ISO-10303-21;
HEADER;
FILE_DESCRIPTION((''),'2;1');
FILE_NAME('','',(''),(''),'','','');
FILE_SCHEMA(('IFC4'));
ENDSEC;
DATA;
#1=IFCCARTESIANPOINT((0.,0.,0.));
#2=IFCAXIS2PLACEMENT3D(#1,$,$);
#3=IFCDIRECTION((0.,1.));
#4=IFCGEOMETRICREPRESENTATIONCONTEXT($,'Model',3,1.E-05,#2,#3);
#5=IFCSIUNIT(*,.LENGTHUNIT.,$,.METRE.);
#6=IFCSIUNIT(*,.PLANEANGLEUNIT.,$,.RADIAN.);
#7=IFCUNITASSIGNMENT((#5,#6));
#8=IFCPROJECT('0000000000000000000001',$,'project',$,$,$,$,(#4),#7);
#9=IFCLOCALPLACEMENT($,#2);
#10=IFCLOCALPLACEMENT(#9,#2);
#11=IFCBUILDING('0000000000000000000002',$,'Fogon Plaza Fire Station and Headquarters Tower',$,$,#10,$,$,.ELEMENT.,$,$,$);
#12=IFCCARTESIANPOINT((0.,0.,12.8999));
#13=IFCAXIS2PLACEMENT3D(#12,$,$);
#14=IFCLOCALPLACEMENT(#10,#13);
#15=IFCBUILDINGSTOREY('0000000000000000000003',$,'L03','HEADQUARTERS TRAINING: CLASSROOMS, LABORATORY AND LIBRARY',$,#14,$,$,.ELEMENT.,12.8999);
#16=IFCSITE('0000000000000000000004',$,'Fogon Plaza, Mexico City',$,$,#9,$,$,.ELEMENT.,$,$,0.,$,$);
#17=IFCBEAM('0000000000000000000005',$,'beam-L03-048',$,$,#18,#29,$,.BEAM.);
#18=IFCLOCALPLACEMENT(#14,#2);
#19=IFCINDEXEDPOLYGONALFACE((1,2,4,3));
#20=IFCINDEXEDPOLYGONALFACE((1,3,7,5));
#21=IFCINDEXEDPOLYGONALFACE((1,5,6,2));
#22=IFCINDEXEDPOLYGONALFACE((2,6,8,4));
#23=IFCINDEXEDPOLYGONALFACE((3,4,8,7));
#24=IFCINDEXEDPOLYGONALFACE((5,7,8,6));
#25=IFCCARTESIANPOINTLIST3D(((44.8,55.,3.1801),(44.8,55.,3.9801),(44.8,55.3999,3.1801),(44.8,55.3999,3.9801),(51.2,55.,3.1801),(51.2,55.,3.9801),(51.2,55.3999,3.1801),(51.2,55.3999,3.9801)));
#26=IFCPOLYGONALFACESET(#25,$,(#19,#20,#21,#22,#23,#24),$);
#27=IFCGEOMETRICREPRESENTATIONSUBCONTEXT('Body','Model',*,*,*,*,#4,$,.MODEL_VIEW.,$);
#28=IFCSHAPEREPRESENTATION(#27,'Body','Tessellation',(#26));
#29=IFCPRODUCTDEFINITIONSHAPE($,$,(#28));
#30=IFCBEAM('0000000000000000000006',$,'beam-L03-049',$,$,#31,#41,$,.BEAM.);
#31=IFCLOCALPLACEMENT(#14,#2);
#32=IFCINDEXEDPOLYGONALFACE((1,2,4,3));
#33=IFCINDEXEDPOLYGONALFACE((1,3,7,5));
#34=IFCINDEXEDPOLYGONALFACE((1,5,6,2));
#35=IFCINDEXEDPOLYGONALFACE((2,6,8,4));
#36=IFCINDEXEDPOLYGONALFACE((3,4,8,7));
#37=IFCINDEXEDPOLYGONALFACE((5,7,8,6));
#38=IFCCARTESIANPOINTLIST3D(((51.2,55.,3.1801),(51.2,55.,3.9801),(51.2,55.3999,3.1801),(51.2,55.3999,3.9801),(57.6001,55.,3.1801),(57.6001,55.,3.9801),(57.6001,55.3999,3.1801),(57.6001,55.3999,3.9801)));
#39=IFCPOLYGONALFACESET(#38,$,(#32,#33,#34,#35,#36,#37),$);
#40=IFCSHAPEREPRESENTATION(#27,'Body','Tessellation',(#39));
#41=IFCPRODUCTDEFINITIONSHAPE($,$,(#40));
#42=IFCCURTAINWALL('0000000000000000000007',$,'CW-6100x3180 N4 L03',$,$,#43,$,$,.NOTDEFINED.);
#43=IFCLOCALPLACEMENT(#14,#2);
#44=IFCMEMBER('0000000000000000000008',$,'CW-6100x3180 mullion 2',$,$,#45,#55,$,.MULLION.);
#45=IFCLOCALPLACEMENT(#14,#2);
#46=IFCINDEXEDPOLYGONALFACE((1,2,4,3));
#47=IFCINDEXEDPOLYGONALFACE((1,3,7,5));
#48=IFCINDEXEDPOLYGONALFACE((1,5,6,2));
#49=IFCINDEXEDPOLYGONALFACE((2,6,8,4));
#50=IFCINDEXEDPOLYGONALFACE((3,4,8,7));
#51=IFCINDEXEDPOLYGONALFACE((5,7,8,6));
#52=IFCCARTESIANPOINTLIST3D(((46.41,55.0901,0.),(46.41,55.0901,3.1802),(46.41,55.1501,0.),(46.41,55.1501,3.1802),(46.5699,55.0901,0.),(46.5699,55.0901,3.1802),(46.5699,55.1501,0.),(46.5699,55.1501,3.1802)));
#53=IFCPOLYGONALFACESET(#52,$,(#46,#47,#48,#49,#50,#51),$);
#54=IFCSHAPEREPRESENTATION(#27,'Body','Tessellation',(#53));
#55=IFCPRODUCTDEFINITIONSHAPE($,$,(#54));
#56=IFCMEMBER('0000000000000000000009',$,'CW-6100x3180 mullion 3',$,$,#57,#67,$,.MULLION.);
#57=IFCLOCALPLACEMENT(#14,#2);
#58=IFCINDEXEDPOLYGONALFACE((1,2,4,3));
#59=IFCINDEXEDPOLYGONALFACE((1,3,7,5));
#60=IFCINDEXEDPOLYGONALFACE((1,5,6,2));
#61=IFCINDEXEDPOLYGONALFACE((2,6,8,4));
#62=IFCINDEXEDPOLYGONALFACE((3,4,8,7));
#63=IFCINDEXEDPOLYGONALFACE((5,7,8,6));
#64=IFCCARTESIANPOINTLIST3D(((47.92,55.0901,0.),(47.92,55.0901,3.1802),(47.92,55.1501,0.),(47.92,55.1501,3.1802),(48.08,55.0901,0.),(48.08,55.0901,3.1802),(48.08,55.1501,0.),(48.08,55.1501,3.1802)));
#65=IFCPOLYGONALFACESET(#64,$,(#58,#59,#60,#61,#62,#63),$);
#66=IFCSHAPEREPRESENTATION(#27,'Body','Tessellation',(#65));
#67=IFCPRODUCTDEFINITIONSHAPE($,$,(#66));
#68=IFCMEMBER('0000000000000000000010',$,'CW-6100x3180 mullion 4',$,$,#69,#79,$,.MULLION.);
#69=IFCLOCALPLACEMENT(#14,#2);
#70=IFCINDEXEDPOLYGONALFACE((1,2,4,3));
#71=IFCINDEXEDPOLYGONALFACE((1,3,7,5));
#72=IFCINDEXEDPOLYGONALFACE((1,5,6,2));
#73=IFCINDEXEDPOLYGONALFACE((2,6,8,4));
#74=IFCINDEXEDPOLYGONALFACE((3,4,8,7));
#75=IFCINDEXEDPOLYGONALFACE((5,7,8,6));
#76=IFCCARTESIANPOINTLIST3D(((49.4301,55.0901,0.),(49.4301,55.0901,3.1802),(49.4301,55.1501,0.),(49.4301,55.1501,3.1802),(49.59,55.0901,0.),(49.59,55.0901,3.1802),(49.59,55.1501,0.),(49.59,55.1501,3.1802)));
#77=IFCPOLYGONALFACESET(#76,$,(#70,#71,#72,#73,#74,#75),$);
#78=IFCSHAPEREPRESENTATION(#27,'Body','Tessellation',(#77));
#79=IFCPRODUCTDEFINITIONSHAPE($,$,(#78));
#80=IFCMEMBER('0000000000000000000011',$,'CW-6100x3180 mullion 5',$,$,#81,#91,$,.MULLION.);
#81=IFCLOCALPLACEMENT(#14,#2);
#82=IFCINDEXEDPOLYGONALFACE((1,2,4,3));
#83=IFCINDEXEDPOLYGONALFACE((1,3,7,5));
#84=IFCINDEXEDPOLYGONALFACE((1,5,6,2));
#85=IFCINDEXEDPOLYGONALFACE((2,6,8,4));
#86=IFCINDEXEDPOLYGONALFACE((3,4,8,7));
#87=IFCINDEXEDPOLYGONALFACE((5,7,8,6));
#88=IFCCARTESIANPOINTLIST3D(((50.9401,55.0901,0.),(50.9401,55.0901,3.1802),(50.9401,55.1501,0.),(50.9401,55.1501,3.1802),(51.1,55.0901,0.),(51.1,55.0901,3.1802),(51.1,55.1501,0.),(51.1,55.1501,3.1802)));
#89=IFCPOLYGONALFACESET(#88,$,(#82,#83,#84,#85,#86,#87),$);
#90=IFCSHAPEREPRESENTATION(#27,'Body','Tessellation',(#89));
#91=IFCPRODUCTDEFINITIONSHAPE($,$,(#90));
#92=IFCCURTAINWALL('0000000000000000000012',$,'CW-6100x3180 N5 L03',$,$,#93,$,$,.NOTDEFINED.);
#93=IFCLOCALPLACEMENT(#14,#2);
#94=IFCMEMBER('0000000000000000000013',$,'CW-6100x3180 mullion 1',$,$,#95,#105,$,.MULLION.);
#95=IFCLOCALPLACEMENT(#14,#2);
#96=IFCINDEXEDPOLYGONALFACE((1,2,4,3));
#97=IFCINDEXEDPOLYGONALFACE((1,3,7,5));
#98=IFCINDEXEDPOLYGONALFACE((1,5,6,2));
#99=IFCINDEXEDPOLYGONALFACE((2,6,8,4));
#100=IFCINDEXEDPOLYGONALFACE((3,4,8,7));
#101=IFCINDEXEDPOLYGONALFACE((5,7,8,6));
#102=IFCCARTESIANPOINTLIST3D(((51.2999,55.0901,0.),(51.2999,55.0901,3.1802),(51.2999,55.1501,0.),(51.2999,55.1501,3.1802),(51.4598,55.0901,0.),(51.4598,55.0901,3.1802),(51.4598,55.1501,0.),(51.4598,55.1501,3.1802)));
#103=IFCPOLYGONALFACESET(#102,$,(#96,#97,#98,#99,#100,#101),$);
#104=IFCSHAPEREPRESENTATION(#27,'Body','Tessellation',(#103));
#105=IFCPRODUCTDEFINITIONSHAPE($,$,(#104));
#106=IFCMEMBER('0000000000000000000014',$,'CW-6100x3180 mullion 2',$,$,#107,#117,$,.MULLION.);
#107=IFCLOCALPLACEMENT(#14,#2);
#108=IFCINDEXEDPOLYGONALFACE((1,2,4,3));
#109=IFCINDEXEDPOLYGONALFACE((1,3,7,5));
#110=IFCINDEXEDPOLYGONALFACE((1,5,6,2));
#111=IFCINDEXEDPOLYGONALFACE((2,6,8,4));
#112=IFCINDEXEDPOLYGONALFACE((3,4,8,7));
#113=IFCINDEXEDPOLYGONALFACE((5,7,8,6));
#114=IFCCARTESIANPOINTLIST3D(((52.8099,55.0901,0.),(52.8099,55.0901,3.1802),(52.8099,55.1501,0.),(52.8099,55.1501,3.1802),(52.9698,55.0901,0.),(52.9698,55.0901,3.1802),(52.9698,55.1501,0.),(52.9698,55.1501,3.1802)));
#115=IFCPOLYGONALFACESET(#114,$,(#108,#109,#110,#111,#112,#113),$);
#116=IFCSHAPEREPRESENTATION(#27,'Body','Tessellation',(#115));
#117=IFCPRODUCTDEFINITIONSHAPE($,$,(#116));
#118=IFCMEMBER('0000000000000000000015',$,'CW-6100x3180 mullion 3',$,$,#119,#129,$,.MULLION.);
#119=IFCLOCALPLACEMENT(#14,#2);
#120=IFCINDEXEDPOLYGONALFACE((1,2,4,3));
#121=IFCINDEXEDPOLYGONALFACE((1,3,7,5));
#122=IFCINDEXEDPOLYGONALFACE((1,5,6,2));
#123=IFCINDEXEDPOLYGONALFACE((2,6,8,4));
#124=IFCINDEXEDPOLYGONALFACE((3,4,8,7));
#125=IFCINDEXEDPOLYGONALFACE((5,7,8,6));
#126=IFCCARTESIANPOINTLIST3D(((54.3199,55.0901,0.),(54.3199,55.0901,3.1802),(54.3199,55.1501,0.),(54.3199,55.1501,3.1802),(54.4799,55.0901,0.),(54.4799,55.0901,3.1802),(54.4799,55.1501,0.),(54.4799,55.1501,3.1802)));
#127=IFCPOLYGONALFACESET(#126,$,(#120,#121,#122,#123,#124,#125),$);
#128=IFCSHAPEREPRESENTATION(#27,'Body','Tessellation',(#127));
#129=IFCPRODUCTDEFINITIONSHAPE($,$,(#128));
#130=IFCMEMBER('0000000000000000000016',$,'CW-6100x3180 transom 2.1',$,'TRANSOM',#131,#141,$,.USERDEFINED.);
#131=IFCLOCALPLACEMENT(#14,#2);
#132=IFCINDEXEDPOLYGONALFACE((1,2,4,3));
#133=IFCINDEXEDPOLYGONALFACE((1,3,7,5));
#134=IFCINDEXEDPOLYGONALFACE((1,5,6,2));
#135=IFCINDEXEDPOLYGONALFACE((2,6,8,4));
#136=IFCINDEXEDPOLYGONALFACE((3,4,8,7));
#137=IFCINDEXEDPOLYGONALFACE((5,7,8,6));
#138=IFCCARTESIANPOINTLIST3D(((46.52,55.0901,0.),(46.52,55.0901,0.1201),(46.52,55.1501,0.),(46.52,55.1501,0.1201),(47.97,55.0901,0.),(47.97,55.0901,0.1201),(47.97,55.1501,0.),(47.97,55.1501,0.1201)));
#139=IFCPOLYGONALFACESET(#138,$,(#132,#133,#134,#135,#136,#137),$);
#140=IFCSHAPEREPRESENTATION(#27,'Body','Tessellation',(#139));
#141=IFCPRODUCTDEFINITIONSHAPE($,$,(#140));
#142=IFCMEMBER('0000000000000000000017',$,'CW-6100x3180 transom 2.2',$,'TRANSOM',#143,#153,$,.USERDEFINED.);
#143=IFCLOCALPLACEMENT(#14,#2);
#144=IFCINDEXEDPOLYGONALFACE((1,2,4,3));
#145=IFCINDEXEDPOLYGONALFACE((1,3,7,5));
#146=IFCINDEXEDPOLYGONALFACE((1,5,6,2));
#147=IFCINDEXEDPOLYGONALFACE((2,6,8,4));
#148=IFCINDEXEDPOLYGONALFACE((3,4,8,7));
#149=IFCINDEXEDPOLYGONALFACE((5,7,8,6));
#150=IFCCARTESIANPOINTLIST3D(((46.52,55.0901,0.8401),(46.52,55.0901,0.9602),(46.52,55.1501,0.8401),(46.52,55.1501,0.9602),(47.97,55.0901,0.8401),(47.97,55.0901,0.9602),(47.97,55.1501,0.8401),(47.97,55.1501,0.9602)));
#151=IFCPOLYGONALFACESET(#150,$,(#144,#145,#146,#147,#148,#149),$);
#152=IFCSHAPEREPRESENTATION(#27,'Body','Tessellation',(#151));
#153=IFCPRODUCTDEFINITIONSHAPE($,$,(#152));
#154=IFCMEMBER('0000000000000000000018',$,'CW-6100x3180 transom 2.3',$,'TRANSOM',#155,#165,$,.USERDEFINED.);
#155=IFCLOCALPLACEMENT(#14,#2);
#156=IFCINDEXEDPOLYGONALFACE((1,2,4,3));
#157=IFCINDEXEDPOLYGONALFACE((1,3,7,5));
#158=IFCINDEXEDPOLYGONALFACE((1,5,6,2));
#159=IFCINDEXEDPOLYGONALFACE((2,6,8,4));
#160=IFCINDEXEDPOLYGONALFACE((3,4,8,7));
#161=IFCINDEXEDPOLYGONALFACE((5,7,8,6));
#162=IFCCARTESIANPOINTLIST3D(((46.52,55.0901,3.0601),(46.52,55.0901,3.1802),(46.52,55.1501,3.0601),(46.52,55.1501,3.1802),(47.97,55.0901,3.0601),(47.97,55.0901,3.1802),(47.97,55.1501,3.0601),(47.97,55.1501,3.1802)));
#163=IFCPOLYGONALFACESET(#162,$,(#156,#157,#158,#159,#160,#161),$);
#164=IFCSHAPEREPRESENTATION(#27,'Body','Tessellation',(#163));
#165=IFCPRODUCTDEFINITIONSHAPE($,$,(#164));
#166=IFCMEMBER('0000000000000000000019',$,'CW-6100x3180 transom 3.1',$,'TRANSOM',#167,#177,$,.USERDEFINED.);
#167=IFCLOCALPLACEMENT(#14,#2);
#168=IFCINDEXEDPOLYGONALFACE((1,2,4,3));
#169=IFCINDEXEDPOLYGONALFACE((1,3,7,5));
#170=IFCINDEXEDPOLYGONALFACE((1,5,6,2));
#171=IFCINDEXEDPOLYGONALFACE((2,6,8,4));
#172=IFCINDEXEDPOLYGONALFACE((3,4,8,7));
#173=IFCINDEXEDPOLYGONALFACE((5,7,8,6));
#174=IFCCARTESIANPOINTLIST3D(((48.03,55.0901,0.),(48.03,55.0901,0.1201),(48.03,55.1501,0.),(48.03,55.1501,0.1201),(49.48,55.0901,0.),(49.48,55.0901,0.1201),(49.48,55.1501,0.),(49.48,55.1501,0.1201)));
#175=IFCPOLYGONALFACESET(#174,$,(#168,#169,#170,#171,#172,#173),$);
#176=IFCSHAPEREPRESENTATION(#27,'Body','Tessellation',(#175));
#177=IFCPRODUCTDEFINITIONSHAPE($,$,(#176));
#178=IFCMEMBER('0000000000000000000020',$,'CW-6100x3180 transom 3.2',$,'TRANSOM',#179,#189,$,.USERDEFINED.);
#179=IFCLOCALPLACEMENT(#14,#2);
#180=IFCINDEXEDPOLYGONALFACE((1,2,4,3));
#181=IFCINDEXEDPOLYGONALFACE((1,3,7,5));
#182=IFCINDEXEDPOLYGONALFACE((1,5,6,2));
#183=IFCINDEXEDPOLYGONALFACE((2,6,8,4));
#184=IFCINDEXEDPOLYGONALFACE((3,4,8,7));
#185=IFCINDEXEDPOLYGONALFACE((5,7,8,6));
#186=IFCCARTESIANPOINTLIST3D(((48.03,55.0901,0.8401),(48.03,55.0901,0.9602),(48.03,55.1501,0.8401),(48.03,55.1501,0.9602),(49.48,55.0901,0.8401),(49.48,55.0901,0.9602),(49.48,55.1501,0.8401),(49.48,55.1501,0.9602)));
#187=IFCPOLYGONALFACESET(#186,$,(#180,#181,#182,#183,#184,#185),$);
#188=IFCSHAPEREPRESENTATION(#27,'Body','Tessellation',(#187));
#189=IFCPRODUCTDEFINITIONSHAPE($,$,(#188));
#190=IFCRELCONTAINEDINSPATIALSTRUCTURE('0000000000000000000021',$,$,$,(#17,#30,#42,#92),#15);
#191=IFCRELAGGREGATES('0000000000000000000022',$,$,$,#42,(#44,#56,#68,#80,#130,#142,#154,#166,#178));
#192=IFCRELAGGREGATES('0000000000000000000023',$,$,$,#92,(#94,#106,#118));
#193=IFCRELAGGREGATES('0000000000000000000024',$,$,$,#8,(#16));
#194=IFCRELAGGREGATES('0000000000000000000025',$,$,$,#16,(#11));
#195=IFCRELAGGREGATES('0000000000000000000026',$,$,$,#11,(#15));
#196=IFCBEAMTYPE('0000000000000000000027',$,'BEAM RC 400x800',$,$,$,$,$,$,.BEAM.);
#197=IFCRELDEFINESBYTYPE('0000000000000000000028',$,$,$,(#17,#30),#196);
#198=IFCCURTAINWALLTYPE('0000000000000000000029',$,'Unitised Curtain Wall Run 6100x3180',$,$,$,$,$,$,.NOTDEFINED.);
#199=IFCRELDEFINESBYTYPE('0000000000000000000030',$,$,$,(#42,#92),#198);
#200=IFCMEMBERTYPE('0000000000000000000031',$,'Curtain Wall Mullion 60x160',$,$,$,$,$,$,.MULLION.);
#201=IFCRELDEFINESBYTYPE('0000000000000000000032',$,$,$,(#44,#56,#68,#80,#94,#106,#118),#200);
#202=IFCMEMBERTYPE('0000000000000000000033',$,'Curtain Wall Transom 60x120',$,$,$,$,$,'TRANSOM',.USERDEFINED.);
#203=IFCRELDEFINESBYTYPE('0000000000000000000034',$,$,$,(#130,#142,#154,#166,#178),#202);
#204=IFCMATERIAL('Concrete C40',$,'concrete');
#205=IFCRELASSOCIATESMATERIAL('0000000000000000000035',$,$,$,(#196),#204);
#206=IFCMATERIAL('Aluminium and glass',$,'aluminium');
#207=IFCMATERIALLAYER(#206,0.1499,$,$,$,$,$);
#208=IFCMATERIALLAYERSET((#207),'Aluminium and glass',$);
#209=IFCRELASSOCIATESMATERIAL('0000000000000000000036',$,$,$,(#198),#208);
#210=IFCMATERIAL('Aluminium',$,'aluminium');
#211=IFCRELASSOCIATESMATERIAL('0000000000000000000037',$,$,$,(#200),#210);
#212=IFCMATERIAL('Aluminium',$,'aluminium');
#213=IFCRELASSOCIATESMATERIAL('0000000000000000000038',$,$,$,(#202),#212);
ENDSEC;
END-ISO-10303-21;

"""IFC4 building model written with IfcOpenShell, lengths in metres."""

from ifc_helpers import new_model, si_unit, direction, frame, origin, origin_2d, place, context, subcontext, project, spatial, rectangle, extrude, material, layer, layer_set, material_profile, profile_set, type_object, element, aggregate, save


model = new_model("IFC4")

# Units and contexts
model_context = context("Model", 3, precision=1e-05, world=origin(), true_north=direction((0.0, 1.0)))
body_context = subcontext(model_context, "Body", "Model", "MODEL_VIEW")
ifc_project = project(units=[si_unit("LENGTHUNIT", "METRE"), si_unit("PLANEANGLEUNIT", "RADIAN")], contexts=[model_context])

# Site, building, storey
site_placement = place(None, origin())
site = spatial("IfcSite", under=ifc_project, at=site_placement, Name="Fogon Plaza, Mexico City", CompositionType="ELEMENT", RefElevation=0.0)
building_placement = place(site_placement, origin())
building = spatial("IfcBuilding", under=site, at=building_placement, Name="Fogon Plaza Fire Station and Headquarters Tower", CompositionType="ELEMENT")
storey_placement = place(building_placement, frame((0.0, 0.0, 12.8999)))
storey = spatial("IfcBuildingStorey", under=building, at=storey_placement, Name="L03", Description="HEADQUARTERS TRAINING: CLASSROOMS, LABORATORY AND LIBRARY", CompositionType="ELEMENT", Elevation=12.8999)

# Beams
ifc_material_1 = material(Name="Concrete C40", Category="concrete")
ifc_material_profile_1 = material_profile(ifc_material_1, rectangle(XDim=0.3999, YDim=0.8, at=origin_2d()), Name="RC 400x800")
ifc_profile_set_1 = profile_set([ifc_material_profile_1], Name="Concrete C40")
beam_type = type_object("IfcBeamType", Name="BEAM RC 400x800", PredefinedType="BEAM", material=ifc_profile_set_1)
beam_1_placement = place(storey_placement, frame((44.8, 55.2, 3.5801), z_axis=(1.0, 0.0, 0.0), x_axis=(0.0, 1.0, 0.0)))
element("IfcBeam", 1, at=beam_1_placement, inside=storey, type_object=beam_type, Name="beam-L03-048", PredefinedType="BEAM", context=body_context, shape_type="SweptSolid", body=[
    extrude(rectangle(XDim=0.3999, YDim=0.8, at=origin_2d()), origin(), (0.0, 0.0, 1.0), 6.3999),
])
beam_2_placement = place(storey_placement, frame((51.2, 55.2, 3.5801), z_axis=(1.0, 0.0, 0.0), x_axis=(0.0, 1.0, 0.0)))
element("IfcBeam", 2, at=beam_2_placement, inside=storey, type_object=beam_type, Name="beam-L03-049", PredefinedType="BEAM", context=body_context, shape_type="SweptSolid", body=[
    extrude(rectangle(XDim=0.3999, YDim=0.8, at=origin_2d()), origin(), (0.0, 0.0, 1.0), 6.4001),
])

# Curtain walls, members
ifc_material_2 = material(Name="Aluminium and glass", Category="aluminium")
ifc_layer_1 = layer(ifc_material_2, 0.1499)
ifc_layer_set_1 = layer_set([ifc_layer_1], Name="Aluminium and glass")
curtain_wall_type = type_object("IfcCurtainWallType", Name="Unitised Curtain Wall Run 6100x3180", PredefinedType="NOTDEFINED", material=ifc_layer_set_1)
curtain_wall_1_placement = place(storey_placement, origin())
curtain_wall_1 = element("IfcCurtainWall", 3, at=curtain_wall_1_placement, inside=storey, type_object=curtain_wall_type, Name="CW-6100x3180 N4 L03", PredefinedType="NOTDEFINED")
ifc_material_3 = material(Name="Aluminium", Category="aluminium")
ifc_material_profile_2 = material_profile(ifc_material_3, rectangle(XDim=0.0601, YDim=0.1599, at=origin_2d()), Name="Curtain Wall Mullion 60x160")
ifc_profile_set_2 = profile_set([ifc_material_profile_2], Name="Aluminium")
member_type_1 = type_object("IfcMemberType", Name="Curtain Wall Mullion 60x160", PredefinedType="MULLION", material=ifc_profile_set_2)
member_1_placement = place(storey_placement, frame((46.49, 55.1201, 0.0), z_axis=(0.0, 0.0, 1.0), x_axis=(0.0, 1.0, 0.0)))
member_1 = element("IfcMember", 4, at=member_1_placement, type_object=member_type_1, Name="CW-6100x3180 mullion 2", PredefinedType="MULLION", context=body_context, shape_type="SweptSolid", body=[
    extrude(rectangle(XDim=0.0601, YDim=0.1599, at=origin_2d()), origin(), (0.0, 0.0, 1.0), 3.1802),
])
member_2_placement = place(storey_placement, frame((48.0, 55.1201, 0.0), z_axis=(0.0, 0.0, 1.0), x_axis=(0.0, 1.0, 0.0)))
member_2 = element("IfcMember", 5, at=member_2_placement, type_object=member_type_1, Name="CW-6100x3180 mullion 3", PredefinedType="MULLION", context=body_context, shape_type="SweptSolid", body=[
    extrude(rectangle(XDim=0.0601, YDim=0.1599, at=origin_2d()), origin(), (0.0, 0.0, 1.0), 3.1802),
])
member_3_placement = place(storey_placement, frame((49.51, 55.1201, 0.0), z_axis=(0.0, 0.0, 1.0), x_axis=(0.0, 1.0, 0.0)))
member_3 = element("IfcMember", 6, at=member_3_placement, type_object=member_type_1, Name="CW-6100x3180 mullion 4", PredefinedType="MULLION", context=body_context, shape_type="SweptSolid", body=[
    extrude(rectangle(XDim=0.0601, YDim=0.1599, at=origin_2d()), origin(), (0.0, 0.0, 1.0), 3.1802),
])
member_4_placement = place(storey_placement, frame((51.02, 55.1201, 0.0), z_axis=(0.0, 0.0, 1.0), x_axis=(0.0, 1.0, 0.0)))
member_4 = element("IfcMember", 7, at=member_4_placement, type_object=member_type_1, Name="CW-6100x3180 mullion 5", PredefinedType="MULLION", context=body_context, shape_type="SweptSolid", body=[
    extrude(rectangle(XDim=0.0601, YDim=0.1599, at=origin_2d()), origin(), (0.0, 0.0, 1.0), 3.1802),
])
curtain_wall_2_placement = place(storey_placement, origin())
curtain_wall_2 = element("IfcCurtainWall", 8, at=curtain_wall_2_placement, inside=storey, type_object=curtain_wall_type, Name="CW-6100x3180 N5 L03", PredefinedType="NOTDEFINED")
member_5_placement = place(storey_placement, frame((51.3799, 55.1201, 0.0), z_axis=(0.0, 0.0, 1.0), x_axis=(0.0, 1.0, 0.0)))
member_5 = element("IfcMember", 9, at=member_5_placement, type_object=member_type_1, Name="CW-6100x3180 mullion 1", PredefinedType="MULLION", context=body_context, shape_type="SweptSolid", body=[
    extrude(rectangle(XDim=0.0601, YDim=0.1599, at=origin_2d()), origin(), (0.0, 0.0, 1.0), 3.1802),
])
member_6_placement = place(storey_placement, frame((52.8899, 55.1201, 0.0), z_axis=(0.0, 0.0, 1.0), x_axis=(0.0, 1.0, 0.0)))
member_6 = element("IfcMember", 10, at=member_6_placement, type_object=member_type_1, Name="CW-6100x3180 mullion 2", PredefinedType="MULLION", context=body_context, shape_type="SweptSolid", body=[
    extrude(rectangle(XDim=0.0601, YDim=0.1599, at=origin_2d()), origin(), (0.0, 0.0, 1.0), 3.1802),
])
member_7_placement = place(storey_placement, frame((54.3999, 55.1201, 0.0), z_axis=(0.0, 0.0, 1.0), x_axis=(0.0, 1.0, 0.0)))
member_7 = element("IfcMember", 11, at=member_7_placement, type_object=member_type_1, Name="CW-6100x3180 mullion 3", PredefinedType="MULLION", context=body_context, shape_type="SweptSolid", body=[
    extrude(rectangle(XDim=0.0601, YDim=0.1599, at=origin_2d()), origin(), (0.0, 0.0, 1.0), 3.1802),
])

# Members
ifc_material_4 = material(Name="Aluminium", Category="aluminium")
ifc_material_profile_3 = material_profile(ifc_material_4, rectangle(XDim=0.0601, YDim=0.1201, at=origin_2d()), Name="Curtain Wall Transom 60x120")
ifc_profile_set_3 = profile_set([ifc_material_profile_3], Name="Aluminium")
member_type_2 = type_object("IfcMemberType", Name="Curtain Wall Transom 60x120", ElementType="TRANSOM", PredefinedType="USERDEFINED", material=ifc_profile_set_3)
member_8_placement = place(storey_placement, frame((46.52, 55.1201, 0.0601), z_axis=(1.0, 0.0, 0.0), x_axis=(0.0, 1.0, 0.0)))
member_8 = element("IfcMember", 12, at=member_8_placement, type_object=member_type_2, Name="CW-6100x3180 transom 2.1", ObjectType="TRANSOM", PredefinedType="USERDEFINED", context=body_context, shape_type="SweptSolid", body=[
    extrude(rectangle(XDim=0.0601, YDim=0.1201, at=origin_2d()), origin(), (0.0, 0.0, 1.0), 1.45),
])
member_9_placement = place(storey_placement, frame((46.52, 55.1201, 0.9001), z_axis=(1.0, 0.0, 0.0), x_axis=(0.0, 1.0, 0.0)))
member_9 = element("IfcMember", 13, at=member_9_placement, type_object=member_type_2, Name="CW-6100x3180 transom 2.2", ObjectType="TRANSOM", PredefinedType="USERDEFINED", context=body_context, shape_type="SweptSolid", body=[
    extrude(rectangle(XDim=0.0601, YDim=0.1201, at=origin_2d()), origin(), (0.0, 0.0, 1.0), 1.45),
])
member_10_placement = place(storey_placement, frame((46.52, 55.1201, 3.1201), z_axis=(1.0, 0.0, 0.0), x_axis=(0.0, 1.0, 0.0)))
member_10 = element("IfcMember", 14, at=member_10_placement, type_object=member_type_2, Name="CW-6100x3180 transom 2.3", ObjectType="TRANSOM", PredefinedType="USERDEFINED", context=body_context, shape_type="SweptSolid", body=[
    extrude(rectangle(XDim=0.0601, YDim=0.1201, at=origin_2d()), origin(), (0.0, 0.0, 1.0), 1.45),
])
member_11_placement = place(storey_placement, frame((48.03, 55.1201, 0.0601), z_axis=(1.0, 0.0, 0.0), x_axis=(0.0, 1.0, 0.0)))
member_11 = element("IfcMember", 15, at=member_11_placement, type_object=member_type_2, Name="CW-6100x3180 transom 3.1", ObjectType="TRANSOM", PredefinedType="USERDEFINED", context=body_context, shape_type="SweptSolid", body=[
    extrude(rectangle(XDim=0.0601, YDim=0.1201, at=origin_2d()), origin(), (0.0, 0.0, 1.0), 1.45),
])
member_12_placement = place(storey_placement, frame((48.03, 55.1201, 0.9001), z_axis=(1.0, 0.0, 0.0), x_axis=(0.0, 1.0, 0.0)))
member_12 = element("IfcMember", 16, at=member_12_placement, type_object=member_type_2, Name="CW-6100x3180 transom 3.2", ObjectType="TRANSOM", PredefinedType="USERDEFINED", context=body_context, shape_type="SweptSolid", body=[
    extrude(rectangle(XDim=0.0601, YDim=0.1201, at=origin_2d()), origin(), (0.0, 0.0, 1.0), 1.45),
])

aggregate(curtain_wall_1, [member_1, member_2, member_3, member_4, member_8, member_9, member_10, member_11, member_12])
aggregate(curtain_wall_2, [member_5, member_6, member_7])

save(model, "model.ifc")
